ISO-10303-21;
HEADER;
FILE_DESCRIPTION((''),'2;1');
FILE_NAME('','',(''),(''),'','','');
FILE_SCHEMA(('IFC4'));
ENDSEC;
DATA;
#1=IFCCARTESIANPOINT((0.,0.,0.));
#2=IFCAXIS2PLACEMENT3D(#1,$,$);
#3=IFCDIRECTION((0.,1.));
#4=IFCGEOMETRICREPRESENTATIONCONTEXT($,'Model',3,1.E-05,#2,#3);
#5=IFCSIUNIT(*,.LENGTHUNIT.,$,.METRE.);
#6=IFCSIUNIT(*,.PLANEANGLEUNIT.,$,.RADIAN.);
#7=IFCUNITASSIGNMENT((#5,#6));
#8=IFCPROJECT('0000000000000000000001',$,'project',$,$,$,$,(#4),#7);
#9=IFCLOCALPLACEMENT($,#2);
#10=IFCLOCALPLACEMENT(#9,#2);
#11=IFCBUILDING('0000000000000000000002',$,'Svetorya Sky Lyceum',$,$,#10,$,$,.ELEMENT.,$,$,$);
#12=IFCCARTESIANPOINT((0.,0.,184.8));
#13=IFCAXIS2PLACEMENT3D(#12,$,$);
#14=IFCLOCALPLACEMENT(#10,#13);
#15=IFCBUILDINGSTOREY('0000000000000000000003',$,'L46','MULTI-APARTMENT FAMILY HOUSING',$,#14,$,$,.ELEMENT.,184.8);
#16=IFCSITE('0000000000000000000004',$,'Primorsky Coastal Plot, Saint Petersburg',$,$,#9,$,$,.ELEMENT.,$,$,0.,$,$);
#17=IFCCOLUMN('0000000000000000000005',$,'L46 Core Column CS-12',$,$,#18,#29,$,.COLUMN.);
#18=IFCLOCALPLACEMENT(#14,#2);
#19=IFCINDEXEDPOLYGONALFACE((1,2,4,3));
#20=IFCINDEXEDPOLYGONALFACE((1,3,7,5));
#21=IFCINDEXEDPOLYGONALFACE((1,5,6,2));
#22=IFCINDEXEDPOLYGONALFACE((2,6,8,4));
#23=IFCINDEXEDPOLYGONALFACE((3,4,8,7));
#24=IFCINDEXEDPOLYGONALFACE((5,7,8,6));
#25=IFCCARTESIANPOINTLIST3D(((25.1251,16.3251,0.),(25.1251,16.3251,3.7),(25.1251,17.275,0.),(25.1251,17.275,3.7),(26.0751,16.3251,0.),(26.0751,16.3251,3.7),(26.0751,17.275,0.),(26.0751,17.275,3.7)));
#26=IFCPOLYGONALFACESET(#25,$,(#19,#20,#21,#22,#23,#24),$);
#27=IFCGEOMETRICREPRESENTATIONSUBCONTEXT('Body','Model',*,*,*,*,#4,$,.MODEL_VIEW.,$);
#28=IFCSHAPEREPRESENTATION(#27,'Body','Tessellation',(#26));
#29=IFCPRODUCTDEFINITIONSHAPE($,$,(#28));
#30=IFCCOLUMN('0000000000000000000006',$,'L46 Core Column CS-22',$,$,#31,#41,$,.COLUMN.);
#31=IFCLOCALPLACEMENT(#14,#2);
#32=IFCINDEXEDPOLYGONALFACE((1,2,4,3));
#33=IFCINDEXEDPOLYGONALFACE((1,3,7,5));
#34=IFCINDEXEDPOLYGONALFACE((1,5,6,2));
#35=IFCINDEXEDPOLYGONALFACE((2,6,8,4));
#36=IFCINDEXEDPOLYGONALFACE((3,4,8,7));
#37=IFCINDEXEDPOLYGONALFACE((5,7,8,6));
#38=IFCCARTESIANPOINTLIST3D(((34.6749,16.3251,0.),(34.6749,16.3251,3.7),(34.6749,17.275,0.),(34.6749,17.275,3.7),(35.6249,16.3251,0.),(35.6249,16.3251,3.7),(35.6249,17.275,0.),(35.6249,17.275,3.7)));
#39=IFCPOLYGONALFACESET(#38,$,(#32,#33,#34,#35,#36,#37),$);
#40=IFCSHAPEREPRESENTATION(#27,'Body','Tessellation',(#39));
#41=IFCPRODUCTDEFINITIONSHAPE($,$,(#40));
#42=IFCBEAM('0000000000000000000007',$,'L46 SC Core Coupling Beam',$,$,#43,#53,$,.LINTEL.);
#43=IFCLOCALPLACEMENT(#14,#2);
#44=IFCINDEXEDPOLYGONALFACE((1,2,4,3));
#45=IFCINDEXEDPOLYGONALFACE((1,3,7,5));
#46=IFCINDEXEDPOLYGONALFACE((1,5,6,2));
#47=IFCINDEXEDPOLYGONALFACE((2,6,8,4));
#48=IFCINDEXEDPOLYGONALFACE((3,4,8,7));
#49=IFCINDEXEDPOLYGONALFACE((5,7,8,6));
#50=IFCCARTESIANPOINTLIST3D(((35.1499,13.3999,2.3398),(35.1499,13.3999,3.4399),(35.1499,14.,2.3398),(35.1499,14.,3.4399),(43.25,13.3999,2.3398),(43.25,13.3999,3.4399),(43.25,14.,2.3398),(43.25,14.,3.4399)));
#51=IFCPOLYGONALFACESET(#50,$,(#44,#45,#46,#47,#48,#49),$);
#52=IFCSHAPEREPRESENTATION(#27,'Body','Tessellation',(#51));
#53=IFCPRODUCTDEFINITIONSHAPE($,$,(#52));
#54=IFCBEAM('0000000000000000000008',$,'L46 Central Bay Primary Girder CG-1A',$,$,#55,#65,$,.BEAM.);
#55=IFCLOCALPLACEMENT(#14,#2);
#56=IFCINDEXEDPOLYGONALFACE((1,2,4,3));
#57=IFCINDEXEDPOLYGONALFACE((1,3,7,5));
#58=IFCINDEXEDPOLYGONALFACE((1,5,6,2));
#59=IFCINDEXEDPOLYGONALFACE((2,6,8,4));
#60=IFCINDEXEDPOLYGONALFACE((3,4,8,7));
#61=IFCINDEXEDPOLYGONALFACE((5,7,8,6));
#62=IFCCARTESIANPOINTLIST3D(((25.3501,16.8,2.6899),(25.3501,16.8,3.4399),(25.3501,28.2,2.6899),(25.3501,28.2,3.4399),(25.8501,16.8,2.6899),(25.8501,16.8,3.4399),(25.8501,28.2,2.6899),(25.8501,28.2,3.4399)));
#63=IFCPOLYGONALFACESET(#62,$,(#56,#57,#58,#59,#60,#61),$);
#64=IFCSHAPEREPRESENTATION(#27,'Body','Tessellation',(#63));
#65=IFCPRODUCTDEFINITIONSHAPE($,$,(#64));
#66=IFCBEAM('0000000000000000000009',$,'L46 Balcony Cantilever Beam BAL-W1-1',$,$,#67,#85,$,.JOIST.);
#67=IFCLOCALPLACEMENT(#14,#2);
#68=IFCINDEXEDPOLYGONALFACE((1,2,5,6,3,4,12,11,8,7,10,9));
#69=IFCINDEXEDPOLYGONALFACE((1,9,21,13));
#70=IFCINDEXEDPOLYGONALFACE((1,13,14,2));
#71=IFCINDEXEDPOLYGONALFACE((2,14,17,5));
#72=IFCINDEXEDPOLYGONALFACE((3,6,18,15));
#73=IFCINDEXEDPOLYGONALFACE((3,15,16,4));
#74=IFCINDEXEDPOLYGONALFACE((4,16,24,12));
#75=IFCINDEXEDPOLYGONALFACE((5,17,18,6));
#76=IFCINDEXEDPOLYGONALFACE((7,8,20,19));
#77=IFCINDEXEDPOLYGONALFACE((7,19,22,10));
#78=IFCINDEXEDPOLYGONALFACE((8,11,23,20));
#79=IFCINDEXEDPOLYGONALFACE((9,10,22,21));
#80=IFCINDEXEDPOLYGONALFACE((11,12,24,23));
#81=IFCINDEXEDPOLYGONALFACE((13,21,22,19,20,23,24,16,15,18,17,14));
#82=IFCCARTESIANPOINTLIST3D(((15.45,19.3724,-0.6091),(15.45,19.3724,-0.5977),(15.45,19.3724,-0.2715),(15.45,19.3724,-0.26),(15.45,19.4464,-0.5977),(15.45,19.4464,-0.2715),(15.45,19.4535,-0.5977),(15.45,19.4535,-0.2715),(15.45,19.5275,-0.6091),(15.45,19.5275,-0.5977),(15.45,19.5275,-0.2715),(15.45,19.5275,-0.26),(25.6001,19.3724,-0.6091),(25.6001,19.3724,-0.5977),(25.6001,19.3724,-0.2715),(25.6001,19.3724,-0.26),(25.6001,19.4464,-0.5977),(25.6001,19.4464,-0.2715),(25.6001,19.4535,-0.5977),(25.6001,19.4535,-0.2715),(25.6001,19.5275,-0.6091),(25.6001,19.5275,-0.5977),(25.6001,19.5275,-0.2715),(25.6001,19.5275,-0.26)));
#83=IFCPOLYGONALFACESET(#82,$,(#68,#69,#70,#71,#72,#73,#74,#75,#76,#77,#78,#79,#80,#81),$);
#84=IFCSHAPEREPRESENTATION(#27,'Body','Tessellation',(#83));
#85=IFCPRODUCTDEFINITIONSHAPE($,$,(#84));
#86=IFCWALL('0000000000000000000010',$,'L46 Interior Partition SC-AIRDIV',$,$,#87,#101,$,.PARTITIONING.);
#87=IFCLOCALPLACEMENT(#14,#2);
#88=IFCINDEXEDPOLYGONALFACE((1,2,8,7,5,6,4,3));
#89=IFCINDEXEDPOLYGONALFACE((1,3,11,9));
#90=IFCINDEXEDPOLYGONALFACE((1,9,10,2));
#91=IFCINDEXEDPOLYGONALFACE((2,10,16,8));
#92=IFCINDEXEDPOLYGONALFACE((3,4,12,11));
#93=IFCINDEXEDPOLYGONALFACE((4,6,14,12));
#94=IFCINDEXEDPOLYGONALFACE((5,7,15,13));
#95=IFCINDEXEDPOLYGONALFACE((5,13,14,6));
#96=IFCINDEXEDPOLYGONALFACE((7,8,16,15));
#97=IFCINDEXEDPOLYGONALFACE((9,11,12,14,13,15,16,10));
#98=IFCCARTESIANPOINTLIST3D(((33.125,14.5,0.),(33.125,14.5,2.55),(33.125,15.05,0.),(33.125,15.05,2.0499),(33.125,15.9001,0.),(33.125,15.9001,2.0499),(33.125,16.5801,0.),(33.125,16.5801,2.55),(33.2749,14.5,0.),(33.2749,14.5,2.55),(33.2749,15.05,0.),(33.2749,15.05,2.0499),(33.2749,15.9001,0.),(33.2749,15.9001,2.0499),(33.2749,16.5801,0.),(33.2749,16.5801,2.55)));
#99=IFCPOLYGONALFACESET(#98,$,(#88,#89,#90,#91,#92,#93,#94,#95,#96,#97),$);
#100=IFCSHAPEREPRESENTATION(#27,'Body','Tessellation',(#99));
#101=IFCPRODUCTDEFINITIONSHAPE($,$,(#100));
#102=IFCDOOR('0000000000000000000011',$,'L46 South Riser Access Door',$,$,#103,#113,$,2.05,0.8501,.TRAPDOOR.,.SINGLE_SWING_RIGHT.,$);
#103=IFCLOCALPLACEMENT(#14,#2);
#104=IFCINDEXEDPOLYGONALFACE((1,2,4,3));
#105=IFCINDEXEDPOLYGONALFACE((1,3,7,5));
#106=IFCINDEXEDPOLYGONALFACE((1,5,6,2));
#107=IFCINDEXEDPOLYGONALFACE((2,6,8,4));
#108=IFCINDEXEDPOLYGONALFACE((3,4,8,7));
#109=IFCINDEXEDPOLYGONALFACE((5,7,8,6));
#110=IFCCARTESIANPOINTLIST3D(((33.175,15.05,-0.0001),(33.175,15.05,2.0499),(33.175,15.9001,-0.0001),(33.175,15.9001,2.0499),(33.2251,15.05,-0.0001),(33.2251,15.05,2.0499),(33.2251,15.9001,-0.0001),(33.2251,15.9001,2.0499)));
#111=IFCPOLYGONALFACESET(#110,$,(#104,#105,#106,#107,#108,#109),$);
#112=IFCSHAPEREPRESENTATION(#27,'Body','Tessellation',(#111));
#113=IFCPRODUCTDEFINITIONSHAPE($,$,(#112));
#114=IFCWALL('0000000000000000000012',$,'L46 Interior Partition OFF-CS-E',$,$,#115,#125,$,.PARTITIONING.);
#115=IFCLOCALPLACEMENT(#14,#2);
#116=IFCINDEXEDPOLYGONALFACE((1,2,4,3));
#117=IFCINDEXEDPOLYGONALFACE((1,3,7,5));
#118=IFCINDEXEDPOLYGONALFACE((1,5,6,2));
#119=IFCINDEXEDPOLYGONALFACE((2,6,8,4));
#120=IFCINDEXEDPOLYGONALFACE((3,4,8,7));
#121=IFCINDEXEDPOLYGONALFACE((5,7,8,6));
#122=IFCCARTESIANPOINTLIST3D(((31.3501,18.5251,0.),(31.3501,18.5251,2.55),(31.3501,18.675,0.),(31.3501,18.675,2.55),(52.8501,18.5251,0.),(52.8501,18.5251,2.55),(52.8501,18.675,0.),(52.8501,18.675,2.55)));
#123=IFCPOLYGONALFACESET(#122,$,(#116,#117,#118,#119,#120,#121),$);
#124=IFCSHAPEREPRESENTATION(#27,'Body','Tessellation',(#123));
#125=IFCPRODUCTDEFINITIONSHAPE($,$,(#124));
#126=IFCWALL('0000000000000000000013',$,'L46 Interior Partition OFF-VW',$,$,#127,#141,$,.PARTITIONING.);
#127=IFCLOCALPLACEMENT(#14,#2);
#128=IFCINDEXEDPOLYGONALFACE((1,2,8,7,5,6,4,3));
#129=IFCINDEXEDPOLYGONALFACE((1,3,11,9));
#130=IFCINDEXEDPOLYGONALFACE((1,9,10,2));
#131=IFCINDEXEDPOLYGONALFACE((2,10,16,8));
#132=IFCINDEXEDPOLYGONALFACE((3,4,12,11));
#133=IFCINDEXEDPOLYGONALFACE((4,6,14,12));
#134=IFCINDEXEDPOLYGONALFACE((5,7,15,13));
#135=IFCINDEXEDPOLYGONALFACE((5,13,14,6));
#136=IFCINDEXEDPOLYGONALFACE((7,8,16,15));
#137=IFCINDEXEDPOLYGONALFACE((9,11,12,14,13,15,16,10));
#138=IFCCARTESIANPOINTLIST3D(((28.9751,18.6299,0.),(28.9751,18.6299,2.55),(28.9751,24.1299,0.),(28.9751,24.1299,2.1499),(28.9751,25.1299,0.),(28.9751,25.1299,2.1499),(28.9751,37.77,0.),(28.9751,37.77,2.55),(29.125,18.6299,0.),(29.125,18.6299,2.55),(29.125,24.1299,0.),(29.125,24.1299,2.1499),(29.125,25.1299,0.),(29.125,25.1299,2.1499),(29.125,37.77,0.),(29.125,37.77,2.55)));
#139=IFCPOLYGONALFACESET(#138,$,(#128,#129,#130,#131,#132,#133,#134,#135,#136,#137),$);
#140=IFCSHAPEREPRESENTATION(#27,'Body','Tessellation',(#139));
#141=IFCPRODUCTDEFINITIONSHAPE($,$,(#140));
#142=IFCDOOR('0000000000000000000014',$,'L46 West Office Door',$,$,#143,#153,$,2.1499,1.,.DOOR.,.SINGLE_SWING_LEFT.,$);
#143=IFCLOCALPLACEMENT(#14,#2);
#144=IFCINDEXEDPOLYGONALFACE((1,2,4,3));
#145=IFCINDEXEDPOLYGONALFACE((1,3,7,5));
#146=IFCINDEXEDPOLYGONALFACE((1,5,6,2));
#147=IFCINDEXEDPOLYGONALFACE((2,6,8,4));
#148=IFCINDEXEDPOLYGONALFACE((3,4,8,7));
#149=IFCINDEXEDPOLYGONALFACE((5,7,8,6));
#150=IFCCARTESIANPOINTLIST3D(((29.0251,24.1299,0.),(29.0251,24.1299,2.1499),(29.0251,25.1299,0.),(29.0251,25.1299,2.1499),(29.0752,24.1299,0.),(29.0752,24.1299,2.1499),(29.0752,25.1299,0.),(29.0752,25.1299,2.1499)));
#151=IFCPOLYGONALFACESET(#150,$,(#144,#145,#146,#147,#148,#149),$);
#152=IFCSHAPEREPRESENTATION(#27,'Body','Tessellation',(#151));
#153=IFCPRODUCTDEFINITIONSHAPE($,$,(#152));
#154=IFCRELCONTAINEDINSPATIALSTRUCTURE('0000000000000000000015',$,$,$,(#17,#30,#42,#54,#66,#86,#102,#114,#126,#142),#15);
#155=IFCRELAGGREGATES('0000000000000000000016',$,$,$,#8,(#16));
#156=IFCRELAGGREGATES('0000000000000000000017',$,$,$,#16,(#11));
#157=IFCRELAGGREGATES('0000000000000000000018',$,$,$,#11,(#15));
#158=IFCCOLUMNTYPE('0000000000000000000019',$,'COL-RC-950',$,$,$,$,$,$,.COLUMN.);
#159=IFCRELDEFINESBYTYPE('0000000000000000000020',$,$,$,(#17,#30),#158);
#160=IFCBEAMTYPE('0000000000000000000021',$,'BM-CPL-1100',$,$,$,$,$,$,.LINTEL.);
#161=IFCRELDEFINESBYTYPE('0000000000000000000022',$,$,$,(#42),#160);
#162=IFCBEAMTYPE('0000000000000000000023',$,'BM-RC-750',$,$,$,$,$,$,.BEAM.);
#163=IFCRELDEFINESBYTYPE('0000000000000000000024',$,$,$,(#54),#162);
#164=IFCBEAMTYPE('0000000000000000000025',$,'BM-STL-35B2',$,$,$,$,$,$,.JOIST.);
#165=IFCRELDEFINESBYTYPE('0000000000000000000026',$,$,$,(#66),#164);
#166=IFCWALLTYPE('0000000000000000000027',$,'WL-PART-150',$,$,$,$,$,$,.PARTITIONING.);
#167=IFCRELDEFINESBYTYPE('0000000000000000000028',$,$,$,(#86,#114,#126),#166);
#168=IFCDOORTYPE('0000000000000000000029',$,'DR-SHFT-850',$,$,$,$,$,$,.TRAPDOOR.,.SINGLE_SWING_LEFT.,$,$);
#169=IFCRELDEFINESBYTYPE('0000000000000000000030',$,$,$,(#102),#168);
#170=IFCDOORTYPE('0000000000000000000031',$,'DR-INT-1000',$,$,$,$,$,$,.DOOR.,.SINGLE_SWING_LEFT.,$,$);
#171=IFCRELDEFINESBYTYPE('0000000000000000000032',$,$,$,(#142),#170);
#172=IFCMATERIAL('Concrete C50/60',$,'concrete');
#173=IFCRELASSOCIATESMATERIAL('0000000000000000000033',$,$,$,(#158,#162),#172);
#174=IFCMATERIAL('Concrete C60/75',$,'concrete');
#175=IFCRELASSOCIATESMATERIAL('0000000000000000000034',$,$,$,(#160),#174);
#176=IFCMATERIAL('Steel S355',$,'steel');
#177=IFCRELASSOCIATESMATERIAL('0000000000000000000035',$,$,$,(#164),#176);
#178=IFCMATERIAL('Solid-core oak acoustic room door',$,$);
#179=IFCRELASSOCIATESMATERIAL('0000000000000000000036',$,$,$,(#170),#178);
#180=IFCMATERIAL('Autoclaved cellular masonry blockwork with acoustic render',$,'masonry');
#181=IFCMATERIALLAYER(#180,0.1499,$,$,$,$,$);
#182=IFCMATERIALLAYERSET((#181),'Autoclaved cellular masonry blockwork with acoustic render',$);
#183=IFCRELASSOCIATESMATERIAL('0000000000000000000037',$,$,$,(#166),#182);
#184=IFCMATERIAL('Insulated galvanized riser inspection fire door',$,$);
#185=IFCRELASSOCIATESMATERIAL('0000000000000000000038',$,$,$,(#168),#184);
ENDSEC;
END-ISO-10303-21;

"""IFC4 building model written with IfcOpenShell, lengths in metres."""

from ifc_helpers import new_model, si_unit, direction, frame, frame_2d, origin, origin_2d, place, context, subcontext, project, spatial, rectangle, i_section, extrude, material, layer, layer_set, material_profile, profile_set, type_object, element, fill, save


model = new_model("IFC4")

# Units and contexts
model_context = context("Model", 3, precision=1e-05, world=origin(), true_north=direction((0.0, 1.0)))
body_context = subcontext(model_context, "Body", "Model", "MODEL_VIEW")
ifc_project = project(units=[si_unit("LENGTHUNIT", "METRE"), si_unit("PLANEANGLEUNIT", "RADIAN")], contexts=[model_context])

# Site, building, storey
site_placement = place(None, origin())
site = spatial("IfcSite", under=ifc_project, at=site_placement, Name="Primorsky Coastal Plot, Saint Petersburg", CompositionType="ELEMENT", RefElevation=0.0)
building_placement = place(site_placement, origin())
building = spatial("IfcBuilding", under=site, at=building_placement, Name="Svetorya Sky Lyceum", CompositionType="ELEMENT")
storey_placement = place(building_placement, frame((0.0, 0.0, 184.8)))
storey = spatial("IfcBuildingStorey", under=building, at=storey_placement, Name="L46", Description="MULTI-APARTMENT FAMILY HOUSING", CompositionType="ELEMENT", Elevation=184.8)

# Columns
ifc_material_1 = material(Name="Concrete C50/60", Category="concrete")
ifc_material_profile_1 = material_profile(ifc_material_1, rectangle(XDim=0.95, YDim=0.95, at=origin_2d()), Name="RC COL 950x950")
ifc_profile_set_1 = profile_set([ifc_material_profile_1], Name="Concrete C50/60")
column_type = type_object("IfcColumnType", Name="COL-RC-950", PredefinedType="COLUMN", material=ifc_profile_set_1)
for number, where, z_axis, x_axis, name in (
    (1, (25.6001, 16.8, 0.0), (0.0, 0.0, 1.0), (1.0, 0.0, 0.0), "L46 Core Column CS-12"),
    (2, (35.1499, 16.8, 0.0), (0.0, 0.0, 1.0), (1.0, 0.0, 0.0), "L46 Core Column CS-22"),
):
    element("IfcColumn", number, at=place(storey_placement, frame(where, z_axis=z_axis, x_axis=x_axis)), inside=storey, type_object=column_type, Name=name, PredefinedType="COLUMN", context=body_context, shape_type="SweptSolid", body=[
        extrude(rectangle(XDim=0.95, YDim=0.95, at=origin_2d()), origin(), (0.0, 0.0, 1.0), 3.7),
    ])

# Beams
ifc_material_2 = material(Name="Concrete C60/75", Category="concrete")
ifc_material_profile_2 = material_profile(ifc_material_2, rectangle(XDim=0.6001, YDim=1.1001, at=origin_2d()), Name="RC COUPLING 600x1100")
ifc_profile_set_2 = profile_set([ifc_material_profile_2], Name="Concrete C60/75")
beam_type_1 = type_object("IfcBeamType", Name="BM-CPL-1100", PredefinedType="LINTEL", material=ifc_profile_set_2)
beam_1_placement = place(storey_placement, frame((35.1499, 13.7, 2.8899), z_axis=(1.0, 0.0, 0.0), x_axis=(0.0, 1.0, 0.0)))
element("IfcBeam", 3, at=beam_1_placement, inside=storey, type_object=beam_type_1, Name="L46 SC Core Coupling Beam", PredefinedType="LINTEL", context=body_context, shape_type="SweptSolid", body=[
    extrude(rectangle(XDim=0.6001, YDim=1.1001, at=origin_2d()), origin(), (0.0, 0.0, 1.0), 8.1001),
])
ifc_material_profile_3 = material_profile(ifc_material_1, rectangle(XDim=0.5, YDim=0.75, at=origin_2d()), Name="RC BEAM 500x750")
ifc_profile_set_3 = profile_set([ifc_material_profile_3], Name="Concrete C50/60")
beam_type_2 = type_object("IfcBeamType", Name="BM-RC-750", PredefinedType="BEAM", material=ifc_profile_set_3)
beam_2_placement = place(storey_placement, frame((25.6001, 16.8, 3.0649), z_axis=(0.0, 1.0, 0.0), x_axis=(-1.0, 0.0, 0.0)))
element("IfcBeam", 4, at=beam_2_placement, inside=storey, type_object=beam_type_2, Name="L46 Central Bay Primary Girder CG-1A", PredefinedType="BEAM", context=body_context, shape_type="SweptSolid", body=[
    extrude(rectangle(XDim=0.5, YDim=0.75, at=origin_2d()), origin(), (0.0, 0.0, 1.0), 11.3999),
])
ifc_material_3 = material(Name="Steel S355", Category="steel")
ifc_material_profile_4 = material_profile(ifc_material_3, i_section(OverallWidth=0.155, OverallDepth=0.3491, WebThickness=0.0071, FlangeThickness=0.0115, at=origin_2d()), Name="GOST 35B2")
ifc_profile_set_4 = profile_set([ifc_material_profile_4], Name="Steel S355")
beam_type_3 = type_object("IfcBeamType", Name="BM-STL-35B2", PredefinedType="JOIST", material=ifc_profile_set_4)
beam_3_placement = place(storey_placement, frame((25.6001, 19.45, -0.4346), z_axis=(-1.0, 0.0, 0.0), x_axis=(0.0, -1.0, 0.0)))
element("IfcBeam", 5, at=beam_3_placement, inside=storey, type_object=beam_type_3, Name="L46 Balcony Cantilever Beam BAL-W1-1", PredefinedType="JOIST", context=body_context, shape_type="SweptSolid", body=[
    extrude(i_section(OverallWidth=0.155, OverallDepth=0.3491, WebThickness=0.0071, FlangeThickness=0.0115, at=origin_2d()), origin(), (0.0, 0.0, 1.0), 10.1501),
])

# Shared definitions
ifc_material_4 = material(Name="Solid-core oak acoustic room door")
door_type_1 = type_object("IfcDoorType", Name="DR-INT-1000", OperationType="SINGLE_SWING_LEFT", PredefinedType="DOOR", material=ifc_material_4)

# Wall, opening, door
ifc_material_5 = material(Name="Autoclaved cellular masonry blockwork with acoustic render", Category="masonry")
ifc_layer_1 = layer(ifc_material_5, 0.1499)
ifc_layer_set_1 = layer_set([ifc_layer_1], Name="Autoclaved cellular masonry blockwork with acoustic render")
wall_type_1 = type_object("IfcWallType", Name="WL-PART-150", PredefinedType="PARTITIONING", material=ifc_layer_set_1)
wall_1_placement = place(storey_placement, frame((33.2, 14.5, 0.0), z_axis=(0.0, 0.0, 1.0), x_axis=(0.0, 1.0, 0.0)))
wall_1 = element("IfcWall", 6, at=wall_1_placement, inside=storey, type_object=wall_type_1, Name="L46 Interior Partition SC-AIRDIV", PredefinedType="PARTITIONING", context=body_context, shape_type="SweptSolid", body=[
    extrude(rectangle(XDim=2.0801, YDim=0.1499, at=frame_2d((1.04, 0.0))), origin(), (0.0, 0.0, 1.0), 2.55),
])
opening_1_placement = place(wall_1_placement, frame((0.55, 0.0, 0.0)))
opening_1 = element("IfcOpeningElement", 7, at=opening_1_placement, cuts=wall_1, PredefinedType="OPENING", context=body_context, shape_type="SweptSolid", body=[
    extrude(rectangle(XDim=0.8501, YDim=2.05, at=frame_2d((0.425, 1.0249))), frame((0.0, 0.085, 0.0), z_axis=(0.0, -1.0, 0.0), x_axis=(1.0, 0.0, 0.0)), (0.0, 0.0, 1.0), 0.1699),
])
ifc_material_6 = material(Name="Insulated galvanized riser inspection fire door")
door_type_2 = type_object("IfcDoorType", Name="DR-SHFT-850", OperationType="SINGLE_SWING_LEFT", PredefinedType="TRAPDOOR", material=ifc_material_6)
door_1_placement = place(opening_1_placement, origin())
door_1 = element("IfcDoor", 8, at=door_1_placement, inside=storey, type_object=door_type_2, Name="L46 South Riser Access Door", OperationType="SINGLE_SWING_RIGHT", OverallHeight=2.05, OverallWidth=0.8501, PredefinedType="TRAPDOOR", context=body_context, shape_type="SweptSolid", body=[
    extrude(rectangle(XDim=0.8501, YDim=2.05, at=frame_2d((0.425, 1.0249))), frame((0.0, 0.0249, 0.0), z_axis=(0.0, -1.0, 0.0), x_axis=(1.0, 0.0, 0.0)), (0.0, 0.0, 1.0), 0.05),
])
fill(opening_1, door_1)

# Wall
wall_2_placement = place(storey_placement, frame((31.3501, 18.6001, 0.0), z_axis=(0.0, 0.0, 1.0), x_axis=(1.0, 0.0, 0.0)))
element("IfcWall", 9, at=wall_2_placement, inside=storey, type_object=wall_type_1, Name="L46 Interior Partition OFF-CS-E", PredefinedType="PARTITIONING", context=body_context, shape_type="SweptSolid", body=[
    extrude(rectangle(XDim=21.5, YDim=0.1499, at=frame_2d((10.75, 0.0))), origin(), (0.0, 0.0, 1.0), 2.55),
])

# Wall, opening, door
wall_3_placement = place(storey_placement, frame((29.05, 18.6299, 0.0), z_axis=(0.0, 0.0, 1.0), x_axis=(0.0, 1.0, 0.0)))
wall_3 = element("IfcWall", 10, at=wall_3_placement, inside=storey, type_object=wall_type_1, Name="L46 Interior Partition OFF-VW", PredefinedType="PARTITIONING", context=body_context, shape_type="SweptSolid", body=[
    extrude(rectangle(XDim=19.1401, YDim=0.1499, at=frame_2d((9.5701, 0.0))), origin(), (0.0, 0.0, 1.0), 2.55),
])
opening_2_placement = place(wall_3_placement, frame((5.5, 0.0, 0.0)))
opening_2 = element("IfcOpeningElement", 11, at=opening_2_placement, cuts=wall_3, PredefinedType="OPENING", context=body_context, shape_type="SweptSolid", body=[
    extrude(rectangle(XDim=1.0, YDim=2.1499, at=frame_2d((0.5, 1.075))), frame((0.0, 0.085, 0.0), z_axis=(0.0, -1.0, 0.0), x_axis=(1.0, 0.0, 0.0)), (0.0, 0.0, 1.0), 0.1699),
])
door_2_placement = place(opening_2_placement, origin())
door_2 = element("IfcDoor", 12, at=door_2_placement, inside=storey, type_object=door_type_1, Name="L46 West Office Door", OperationType="SINGLE_SWING_LEFT", OverallHeight=2.1499, OverallWidth=1.0, PredefinedType="DOOR", context=body_context, shape_type="SweptSolid", body=[
    extrude(rectangle(XDim=1.0, YDim=2.1499, at=frame_2d((0.5, 1.075))), frame((0.0, 0.0249, 0.0), z_axis=(0.0, -1.0, 0.0), x_axis=(1.0, 0.0, 0.0)), (0.0, 0.0, 1.0), 0.05),
])
fill(opening_2, door_2)

save(model, "model.ifc")
